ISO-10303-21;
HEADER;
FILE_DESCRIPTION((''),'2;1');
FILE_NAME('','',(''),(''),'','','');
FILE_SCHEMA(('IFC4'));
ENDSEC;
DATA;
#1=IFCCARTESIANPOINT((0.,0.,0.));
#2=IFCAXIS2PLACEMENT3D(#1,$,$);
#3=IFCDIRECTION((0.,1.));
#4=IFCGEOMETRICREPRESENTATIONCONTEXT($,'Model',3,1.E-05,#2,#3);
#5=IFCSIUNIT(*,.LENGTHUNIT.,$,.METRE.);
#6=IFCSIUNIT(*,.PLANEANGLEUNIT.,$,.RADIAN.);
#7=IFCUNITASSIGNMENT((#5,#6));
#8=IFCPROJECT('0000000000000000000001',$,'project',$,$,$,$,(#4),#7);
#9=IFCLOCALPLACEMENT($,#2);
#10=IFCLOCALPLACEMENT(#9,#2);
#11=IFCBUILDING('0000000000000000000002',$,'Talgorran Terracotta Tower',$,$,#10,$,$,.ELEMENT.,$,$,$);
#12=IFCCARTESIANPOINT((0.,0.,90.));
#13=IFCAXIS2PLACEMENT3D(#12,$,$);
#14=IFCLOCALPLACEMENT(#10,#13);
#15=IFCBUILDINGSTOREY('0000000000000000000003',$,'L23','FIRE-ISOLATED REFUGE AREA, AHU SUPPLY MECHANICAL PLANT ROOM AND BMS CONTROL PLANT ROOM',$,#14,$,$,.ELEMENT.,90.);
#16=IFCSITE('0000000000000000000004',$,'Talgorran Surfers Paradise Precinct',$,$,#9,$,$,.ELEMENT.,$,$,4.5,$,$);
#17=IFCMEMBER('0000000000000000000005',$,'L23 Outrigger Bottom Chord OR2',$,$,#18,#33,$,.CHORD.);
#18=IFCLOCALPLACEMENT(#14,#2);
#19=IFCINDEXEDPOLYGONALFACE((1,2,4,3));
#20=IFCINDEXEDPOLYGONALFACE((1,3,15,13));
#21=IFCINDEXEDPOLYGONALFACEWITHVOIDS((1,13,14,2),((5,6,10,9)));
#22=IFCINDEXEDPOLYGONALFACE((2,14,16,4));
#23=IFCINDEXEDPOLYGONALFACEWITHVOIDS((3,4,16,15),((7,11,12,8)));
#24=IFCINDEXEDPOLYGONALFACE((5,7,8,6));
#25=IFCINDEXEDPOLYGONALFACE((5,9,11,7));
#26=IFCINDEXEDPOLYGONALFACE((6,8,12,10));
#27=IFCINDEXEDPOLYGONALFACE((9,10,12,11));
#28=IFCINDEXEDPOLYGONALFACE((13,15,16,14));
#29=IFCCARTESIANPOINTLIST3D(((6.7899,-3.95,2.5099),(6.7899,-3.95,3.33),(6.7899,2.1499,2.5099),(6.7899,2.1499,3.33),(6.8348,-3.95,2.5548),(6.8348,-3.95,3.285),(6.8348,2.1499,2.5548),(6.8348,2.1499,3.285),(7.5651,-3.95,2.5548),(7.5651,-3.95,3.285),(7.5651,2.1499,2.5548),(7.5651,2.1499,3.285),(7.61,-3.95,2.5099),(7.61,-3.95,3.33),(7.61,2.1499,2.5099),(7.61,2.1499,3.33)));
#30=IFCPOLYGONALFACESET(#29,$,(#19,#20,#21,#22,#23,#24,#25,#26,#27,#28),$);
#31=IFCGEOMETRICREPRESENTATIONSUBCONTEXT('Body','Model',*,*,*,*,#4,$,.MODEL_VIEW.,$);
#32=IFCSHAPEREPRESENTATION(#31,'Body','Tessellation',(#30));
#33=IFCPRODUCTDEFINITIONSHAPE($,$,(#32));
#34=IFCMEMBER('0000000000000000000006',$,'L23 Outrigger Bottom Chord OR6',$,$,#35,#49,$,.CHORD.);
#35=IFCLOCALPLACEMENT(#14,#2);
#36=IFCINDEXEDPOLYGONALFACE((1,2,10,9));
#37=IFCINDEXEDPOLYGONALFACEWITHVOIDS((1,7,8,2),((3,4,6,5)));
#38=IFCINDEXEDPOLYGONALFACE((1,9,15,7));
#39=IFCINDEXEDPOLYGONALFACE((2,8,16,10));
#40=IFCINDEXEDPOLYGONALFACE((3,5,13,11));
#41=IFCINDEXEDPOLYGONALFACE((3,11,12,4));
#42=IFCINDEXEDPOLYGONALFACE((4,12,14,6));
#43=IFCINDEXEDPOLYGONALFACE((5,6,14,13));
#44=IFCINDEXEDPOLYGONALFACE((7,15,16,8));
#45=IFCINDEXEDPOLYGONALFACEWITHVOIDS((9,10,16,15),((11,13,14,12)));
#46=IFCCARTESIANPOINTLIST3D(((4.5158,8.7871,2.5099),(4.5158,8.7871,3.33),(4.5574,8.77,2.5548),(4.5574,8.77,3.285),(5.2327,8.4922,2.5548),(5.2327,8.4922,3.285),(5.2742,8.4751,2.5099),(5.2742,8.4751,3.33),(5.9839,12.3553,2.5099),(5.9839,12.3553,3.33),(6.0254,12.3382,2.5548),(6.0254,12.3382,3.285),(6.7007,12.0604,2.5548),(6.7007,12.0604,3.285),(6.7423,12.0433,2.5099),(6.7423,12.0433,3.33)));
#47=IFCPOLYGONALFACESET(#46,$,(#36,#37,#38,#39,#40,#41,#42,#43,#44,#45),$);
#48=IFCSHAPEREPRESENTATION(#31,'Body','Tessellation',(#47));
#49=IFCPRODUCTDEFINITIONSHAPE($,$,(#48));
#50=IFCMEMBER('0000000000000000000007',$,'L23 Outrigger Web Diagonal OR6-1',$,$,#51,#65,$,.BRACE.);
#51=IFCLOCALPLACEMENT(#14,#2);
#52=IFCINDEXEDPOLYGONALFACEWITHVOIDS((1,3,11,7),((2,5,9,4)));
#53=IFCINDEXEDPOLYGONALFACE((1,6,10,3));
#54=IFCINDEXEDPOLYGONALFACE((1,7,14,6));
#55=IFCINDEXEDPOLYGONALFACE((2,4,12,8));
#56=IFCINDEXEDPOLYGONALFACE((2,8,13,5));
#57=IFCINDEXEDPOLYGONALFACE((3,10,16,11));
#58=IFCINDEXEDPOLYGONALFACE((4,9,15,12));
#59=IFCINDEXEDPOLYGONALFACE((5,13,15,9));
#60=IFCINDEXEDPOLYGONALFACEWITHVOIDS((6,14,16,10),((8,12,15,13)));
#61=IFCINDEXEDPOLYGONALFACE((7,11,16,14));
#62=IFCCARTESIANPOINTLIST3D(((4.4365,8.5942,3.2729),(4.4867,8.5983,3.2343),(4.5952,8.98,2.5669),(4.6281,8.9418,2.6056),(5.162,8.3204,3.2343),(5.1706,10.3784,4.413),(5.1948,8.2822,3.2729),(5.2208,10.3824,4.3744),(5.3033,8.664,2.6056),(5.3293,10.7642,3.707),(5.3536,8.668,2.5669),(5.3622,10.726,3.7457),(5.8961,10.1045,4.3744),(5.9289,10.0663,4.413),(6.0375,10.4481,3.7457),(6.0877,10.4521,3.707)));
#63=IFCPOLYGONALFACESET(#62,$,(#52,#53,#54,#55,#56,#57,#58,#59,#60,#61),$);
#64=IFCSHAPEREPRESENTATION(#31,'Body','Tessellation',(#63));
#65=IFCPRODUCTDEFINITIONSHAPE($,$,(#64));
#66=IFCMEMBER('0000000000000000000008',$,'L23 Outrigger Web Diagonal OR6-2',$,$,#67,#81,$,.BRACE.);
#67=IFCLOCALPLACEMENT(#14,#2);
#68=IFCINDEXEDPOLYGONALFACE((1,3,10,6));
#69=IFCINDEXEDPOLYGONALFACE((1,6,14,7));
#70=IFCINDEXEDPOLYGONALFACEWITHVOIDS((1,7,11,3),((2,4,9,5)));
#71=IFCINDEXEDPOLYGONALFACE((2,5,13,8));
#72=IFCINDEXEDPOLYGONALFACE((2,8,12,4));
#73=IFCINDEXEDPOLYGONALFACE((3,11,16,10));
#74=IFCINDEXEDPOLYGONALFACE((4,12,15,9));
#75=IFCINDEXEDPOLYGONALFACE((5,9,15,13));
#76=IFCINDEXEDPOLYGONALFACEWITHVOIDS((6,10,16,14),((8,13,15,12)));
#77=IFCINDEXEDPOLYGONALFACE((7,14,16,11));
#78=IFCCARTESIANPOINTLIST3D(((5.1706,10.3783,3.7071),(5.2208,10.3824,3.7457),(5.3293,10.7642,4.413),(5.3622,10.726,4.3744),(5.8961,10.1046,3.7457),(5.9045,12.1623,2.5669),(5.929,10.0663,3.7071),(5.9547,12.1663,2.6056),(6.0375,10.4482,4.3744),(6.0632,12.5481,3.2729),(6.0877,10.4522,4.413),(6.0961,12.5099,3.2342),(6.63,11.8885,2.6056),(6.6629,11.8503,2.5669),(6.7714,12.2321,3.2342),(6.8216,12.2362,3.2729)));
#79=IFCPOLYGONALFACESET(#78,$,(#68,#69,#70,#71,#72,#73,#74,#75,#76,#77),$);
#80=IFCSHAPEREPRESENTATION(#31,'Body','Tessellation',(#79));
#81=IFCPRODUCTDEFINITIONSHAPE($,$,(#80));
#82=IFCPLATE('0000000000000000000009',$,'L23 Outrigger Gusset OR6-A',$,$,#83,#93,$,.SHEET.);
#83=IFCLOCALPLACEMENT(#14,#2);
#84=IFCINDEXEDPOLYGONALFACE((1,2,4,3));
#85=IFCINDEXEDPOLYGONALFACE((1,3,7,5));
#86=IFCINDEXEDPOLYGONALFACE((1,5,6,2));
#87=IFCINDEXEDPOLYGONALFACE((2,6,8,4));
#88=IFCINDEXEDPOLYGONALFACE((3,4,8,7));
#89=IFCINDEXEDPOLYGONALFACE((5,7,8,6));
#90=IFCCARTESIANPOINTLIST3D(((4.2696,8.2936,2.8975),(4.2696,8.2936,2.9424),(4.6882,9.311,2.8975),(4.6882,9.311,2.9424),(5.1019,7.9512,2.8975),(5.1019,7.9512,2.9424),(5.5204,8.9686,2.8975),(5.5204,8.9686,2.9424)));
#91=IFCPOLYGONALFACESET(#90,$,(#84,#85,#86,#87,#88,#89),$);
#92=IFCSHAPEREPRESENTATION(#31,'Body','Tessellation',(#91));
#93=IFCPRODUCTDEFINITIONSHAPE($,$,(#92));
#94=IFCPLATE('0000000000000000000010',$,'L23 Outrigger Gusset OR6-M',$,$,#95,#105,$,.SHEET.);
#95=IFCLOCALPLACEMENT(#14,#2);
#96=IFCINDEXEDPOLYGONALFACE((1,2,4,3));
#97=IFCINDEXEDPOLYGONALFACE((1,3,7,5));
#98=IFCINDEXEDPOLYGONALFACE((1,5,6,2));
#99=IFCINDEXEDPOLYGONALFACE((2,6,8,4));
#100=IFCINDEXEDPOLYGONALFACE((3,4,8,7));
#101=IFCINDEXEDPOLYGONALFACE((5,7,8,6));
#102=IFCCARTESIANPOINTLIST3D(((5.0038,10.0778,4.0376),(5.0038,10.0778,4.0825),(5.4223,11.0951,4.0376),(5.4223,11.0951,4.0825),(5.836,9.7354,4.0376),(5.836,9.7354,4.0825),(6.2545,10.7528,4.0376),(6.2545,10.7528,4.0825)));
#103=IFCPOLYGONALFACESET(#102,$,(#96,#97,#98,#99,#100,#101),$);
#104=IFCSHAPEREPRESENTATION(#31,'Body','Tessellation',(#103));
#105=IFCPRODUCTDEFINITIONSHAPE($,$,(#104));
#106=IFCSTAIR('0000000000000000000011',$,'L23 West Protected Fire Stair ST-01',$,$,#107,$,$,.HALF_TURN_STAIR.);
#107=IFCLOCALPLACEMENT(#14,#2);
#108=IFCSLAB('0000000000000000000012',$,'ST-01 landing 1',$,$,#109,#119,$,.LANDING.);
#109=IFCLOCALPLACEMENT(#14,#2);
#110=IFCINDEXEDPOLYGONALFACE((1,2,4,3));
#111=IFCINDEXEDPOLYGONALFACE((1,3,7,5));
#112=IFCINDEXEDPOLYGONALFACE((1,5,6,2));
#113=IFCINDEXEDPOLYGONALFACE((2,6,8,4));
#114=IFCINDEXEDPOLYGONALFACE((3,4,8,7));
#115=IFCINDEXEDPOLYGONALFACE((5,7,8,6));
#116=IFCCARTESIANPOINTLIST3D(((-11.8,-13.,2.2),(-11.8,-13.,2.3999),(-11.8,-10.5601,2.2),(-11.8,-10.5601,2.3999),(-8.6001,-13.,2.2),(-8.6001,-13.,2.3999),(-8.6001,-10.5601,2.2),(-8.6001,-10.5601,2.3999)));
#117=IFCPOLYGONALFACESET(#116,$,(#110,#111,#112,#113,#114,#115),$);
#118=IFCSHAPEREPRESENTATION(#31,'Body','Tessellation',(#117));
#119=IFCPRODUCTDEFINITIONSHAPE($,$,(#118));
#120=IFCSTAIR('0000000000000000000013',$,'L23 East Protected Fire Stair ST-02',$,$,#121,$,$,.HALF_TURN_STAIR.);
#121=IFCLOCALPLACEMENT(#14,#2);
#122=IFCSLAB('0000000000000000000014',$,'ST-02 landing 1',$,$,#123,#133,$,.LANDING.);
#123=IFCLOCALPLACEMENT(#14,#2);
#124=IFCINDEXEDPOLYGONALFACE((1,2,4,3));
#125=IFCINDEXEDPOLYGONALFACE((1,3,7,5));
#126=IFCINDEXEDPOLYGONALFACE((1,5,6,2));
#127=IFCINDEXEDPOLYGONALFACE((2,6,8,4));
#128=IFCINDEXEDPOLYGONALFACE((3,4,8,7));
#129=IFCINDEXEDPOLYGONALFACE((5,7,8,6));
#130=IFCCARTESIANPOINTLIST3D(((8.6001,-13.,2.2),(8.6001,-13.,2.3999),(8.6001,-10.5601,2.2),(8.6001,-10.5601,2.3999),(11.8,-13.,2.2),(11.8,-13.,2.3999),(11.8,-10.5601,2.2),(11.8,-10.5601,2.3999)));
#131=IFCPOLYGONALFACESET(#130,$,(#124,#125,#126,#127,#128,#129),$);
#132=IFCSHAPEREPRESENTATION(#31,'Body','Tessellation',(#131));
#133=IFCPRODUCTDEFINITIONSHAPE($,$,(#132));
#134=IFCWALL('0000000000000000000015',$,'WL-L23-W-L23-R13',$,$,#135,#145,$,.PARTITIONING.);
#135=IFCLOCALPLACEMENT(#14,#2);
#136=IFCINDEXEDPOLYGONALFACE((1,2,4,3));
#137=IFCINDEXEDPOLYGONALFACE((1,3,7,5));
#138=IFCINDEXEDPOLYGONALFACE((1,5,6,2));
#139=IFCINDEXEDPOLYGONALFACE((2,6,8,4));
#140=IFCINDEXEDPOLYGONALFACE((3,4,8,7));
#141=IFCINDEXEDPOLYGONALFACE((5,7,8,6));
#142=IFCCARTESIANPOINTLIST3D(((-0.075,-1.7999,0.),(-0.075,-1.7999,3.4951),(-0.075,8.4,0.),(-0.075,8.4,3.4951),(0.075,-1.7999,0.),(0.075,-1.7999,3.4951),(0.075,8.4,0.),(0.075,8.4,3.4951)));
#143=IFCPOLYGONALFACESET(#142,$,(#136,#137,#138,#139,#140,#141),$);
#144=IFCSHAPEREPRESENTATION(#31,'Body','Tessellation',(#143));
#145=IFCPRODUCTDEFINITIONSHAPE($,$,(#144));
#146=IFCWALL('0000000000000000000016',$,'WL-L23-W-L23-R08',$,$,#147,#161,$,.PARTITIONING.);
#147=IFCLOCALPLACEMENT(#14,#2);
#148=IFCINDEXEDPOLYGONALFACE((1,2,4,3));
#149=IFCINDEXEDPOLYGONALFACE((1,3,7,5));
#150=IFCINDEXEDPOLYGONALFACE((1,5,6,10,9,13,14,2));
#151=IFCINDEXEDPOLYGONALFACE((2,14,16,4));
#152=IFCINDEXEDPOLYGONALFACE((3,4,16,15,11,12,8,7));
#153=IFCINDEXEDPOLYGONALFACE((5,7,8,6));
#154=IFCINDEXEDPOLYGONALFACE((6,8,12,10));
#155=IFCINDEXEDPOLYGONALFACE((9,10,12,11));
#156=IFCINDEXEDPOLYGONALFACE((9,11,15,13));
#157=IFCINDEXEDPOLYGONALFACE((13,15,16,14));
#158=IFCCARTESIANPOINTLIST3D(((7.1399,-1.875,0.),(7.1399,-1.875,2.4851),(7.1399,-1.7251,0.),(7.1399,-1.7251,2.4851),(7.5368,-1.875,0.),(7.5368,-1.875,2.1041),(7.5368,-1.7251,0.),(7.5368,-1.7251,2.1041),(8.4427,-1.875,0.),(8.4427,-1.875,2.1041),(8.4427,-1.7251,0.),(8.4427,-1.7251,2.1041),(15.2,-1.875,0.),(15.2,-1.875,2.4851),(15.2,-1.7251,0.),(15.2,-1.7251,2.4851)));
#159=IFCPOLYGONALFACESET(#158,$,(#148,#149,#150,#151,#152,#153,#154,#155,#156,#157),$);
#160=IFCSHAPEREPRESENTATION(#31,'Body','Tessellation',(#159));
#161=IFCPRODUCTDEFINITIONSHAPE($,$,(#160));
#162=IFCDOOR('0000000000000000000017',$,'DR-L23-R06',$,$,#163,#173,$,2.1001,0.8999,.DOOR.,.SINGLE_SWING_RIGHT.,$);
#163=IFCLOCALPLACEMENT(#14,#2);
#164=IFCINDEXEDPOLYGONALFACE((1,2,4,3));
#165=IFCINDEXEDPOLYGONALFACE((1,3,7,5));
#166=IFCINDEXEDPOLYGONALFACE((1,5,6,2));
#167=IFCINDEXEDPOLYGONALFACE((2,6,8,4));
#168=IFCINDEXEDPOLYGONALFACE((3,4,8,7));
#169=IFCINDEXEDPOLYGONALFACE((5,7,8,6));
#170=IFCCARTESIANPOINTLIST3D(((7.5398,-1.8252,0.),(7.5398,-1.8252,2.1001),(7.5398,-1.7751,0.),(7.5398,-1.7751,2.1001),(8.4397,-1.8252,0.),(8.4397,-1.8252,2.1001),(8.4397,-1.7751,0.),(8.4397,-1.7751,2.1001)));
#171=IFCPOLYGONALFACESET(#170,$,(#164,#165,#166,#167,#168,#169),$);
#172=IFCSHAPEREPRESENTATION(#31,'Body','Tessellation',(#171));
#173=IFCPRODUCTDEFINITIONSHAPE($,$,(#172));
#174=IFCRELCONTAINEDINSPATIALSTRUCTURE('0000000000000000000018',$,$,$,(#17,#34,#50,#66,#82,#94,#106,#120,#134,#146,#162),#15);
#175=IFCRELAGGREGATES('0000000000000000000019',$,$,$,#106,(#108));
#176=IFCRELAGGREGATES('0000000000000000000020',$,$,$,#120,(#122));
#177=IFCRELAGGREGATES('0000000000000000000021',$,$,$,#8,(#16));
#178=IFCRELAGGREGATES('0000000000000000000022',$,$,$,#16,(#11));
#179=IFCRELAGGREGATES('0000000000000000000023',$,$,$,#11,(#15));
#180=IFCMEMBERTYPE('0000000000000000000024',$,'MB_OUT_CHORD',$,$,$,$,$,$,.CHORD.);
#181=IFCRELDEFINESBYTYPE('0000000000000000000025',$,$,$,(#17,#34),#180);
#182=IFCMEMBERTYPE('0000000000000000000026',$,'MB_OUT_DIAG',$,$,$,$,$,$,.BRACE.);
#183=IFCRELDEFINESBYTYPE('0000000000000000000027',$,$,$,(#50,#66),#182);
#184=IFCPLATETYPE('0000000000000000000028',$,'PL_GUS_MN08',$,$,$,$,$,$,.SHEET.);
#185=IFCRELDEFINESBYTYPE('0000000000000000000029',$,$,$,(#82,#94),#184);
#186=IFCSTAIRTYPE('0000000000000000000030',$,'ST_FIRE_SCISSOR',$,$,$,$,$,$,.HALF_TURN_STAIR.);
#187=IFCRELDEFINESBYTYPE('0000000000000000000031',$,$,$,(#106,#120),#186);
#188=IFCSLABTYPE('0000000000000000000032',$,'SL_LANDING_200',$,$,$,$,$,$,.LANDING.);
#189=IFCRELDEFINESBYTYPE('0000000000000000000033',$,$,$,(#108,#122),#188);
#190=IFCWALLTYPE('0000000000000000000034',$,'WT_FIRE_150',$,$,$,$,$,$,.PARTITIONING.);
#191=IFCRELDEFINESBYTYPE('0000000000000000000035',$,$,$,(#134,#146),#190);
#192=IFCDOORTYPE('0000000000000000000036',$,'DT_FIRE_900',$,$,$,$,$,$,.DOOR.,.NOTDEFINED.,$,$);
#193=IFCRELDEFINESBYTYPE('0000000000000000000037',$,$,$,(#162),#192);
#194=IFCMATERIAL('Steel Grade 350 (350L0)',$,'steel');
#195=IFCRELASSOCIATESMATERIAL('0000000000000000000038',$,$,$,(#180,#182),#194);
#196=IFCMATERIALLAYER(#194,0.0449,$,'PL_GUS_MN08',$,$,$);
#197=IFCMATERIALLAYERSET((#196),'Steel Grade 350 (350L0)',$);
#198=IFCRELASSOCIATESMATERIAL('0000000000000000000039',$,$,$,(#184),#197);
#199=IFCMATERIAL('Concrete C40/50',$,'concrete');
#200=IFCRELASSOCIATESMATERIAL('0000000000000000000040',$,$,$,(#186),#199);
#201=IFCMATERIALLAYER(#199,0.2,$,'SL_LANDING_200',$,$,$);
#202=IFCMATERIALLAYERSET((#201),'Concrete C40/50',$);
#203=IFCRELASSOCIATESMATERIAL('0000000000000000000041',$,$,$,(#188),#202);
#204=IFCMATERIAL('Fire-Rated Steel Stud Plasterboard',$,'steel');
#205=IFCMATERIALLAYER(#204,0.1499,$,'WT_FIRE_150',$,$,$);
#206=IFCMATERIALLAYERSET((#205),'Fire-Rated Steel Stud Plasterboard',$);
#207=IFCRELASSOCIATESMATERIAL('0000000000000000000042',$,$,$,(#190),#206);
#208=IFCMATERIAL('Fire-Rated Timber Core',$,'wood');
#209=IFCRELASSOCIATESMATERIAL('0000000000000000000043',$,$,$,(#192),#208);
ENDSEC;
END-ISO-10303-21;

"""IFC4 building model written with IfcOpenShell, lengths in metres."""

from ifc_helpers import new_model, si_unit, direction, frame, frame_2d, origin, origin_2d, place, context, subcontext, project, spatial, polyline, rectangle, hollow_rectangle, outline, extrude, material, layer, layer_set, material_profile, profile_set, type_object, element, fill, aggregate, save


model = new_model("IFC4")

# Units and contexts
model_context = context("Model", 3, precision=1e-05, world=origin(), true_north=direction((0.0, 1.0)))
body_context = subcontext(model_context, "Body", "Model", "MODEL_VIEW")
ifc_project = project(units=[si_unit("LENGTHUNIT", "METRE"), si_unit("PLANEANGLEUNIT", "RADIAN")], contexts=[model_context])

# Site, building, storey
site_placement = place(None, origin())
site = spatial("IfcSite", under=ifc_project, at=site_placement, Name="Talgorran Surfers Paradise Precinct", CompositionType="ELEMENT", RefElevation=4.5)
building_placement = place(site_placement, origin())
building = spatial("IfcBuilding", under=site, at=building_placement, Name="Talgorran Terracotta Tower", CompositionType="ELEMENT")
storey_placement = place(building_placement, frame((0.0, 0.0, 90.0)))
storey = spatial("IfcBuildingStorey", under=building, at=storey_placement, Name="L23", Description="FIRE-ISOLATED REFUGE AREA, AHU SUPPLY MECHANICAL PLANT ROOM AND BMS CONTROL PLANT ROOM", CompositionType="ELEMENT", Elevation=90.0)

# Shared definitions
ifc_material_1 = material(Name="Steel Grade 350 (350L0)", Category="steel")

# Members
ifc_material_profile_1 = material_profile(ifc_material_1, hollow_rectangle(XDim=0.8201, YDim=0.8201, WallThickness=0.0449, at=origin_2d()), Name="WBOX820X820X45")
ifc_profile_set_1 = profile_set([ifc_material_profile_1], Name="Steel Grade 350 (350L0)")
member_type_1 = type_object("IfcMemberType", Name="MB_OUT_CHORD", PredefinedType="CHORD", material=ifc_profile_set_1)
member_1_placement = place(storey_placement, frame((7.2, -3.95, 2.9199), z_axis=(0.0, 1.0, 0.0), x_axis=(-1.0, 0.0, 0.0)))
element("IfcMember", 1, at=member_1_placement, inside=storey, type_object=member_type_1, Name="L23 Outrigger Bottom Chord OR2", PredefinedType="CHORD", context=body_context, shape_type="SweptSolid", body=[
    extrude(hollow_rectangle(XDim=0.8201, YDim=0.8201, WallThickness=0.0449, at=origin_2d()), origin(), (0.0, 0.0, 1.0), 6.0999),
])
member_2_placement = place(storey_placement, frame((4.895, 8.6311, 2.9199), z_axis=(0.380482, 0.924788, 0.0), x_axis=(-0.924788, 0.380482, 0.0)))
element("IfcMember", 2, at=member_2_placement, inside=storey, type_object=member_type_1, Name="L23 Outrigger Bottom Chord OR6", PredefinedType="CHORD", context=body_context, shape_type="SweptSolid", body=[
    extrude(hollow_rectangle(XDim=0.8201, YDim=0.8201, WallThickness=0.0449, at=origin_2d()), origin(), (0.0, 0.0, 1.0), 3.8584),
])
ifc_material_profile_2 = material_profile(ifc_material_1, hollow_rectangle(XDim=0.8201, YDim=0.8201, WallThickness=0.0449, at=origin_2d()), Name="WBOX820X820X45")
ifc_profile_set_2 = profile_set([ifc_material_profile_2], Name="Steel Grade 350 (350L0)")
member_type_2 = type_object("IfcMemberType", Name="MB_OUT_DIAG", PredefinedType="BRACE", material=ifc_profile_set_2)
member_3_placement = place(storey_placement, frame((4.895, 8.6311, 2.9199), z_axis=(0.327588, 0.796147, 0.508759), x_axis=(-0.924775, 0.380514, 0.0)))
element("IfcMember", 3, at=member_3_placement, inside=storey, type_object=member_type_2, Name="L23 Outrigger Web Diagonal OR6-1", PredefinedType="BRACE", context=body_context, shape_type="SweptSolid", body=[
    extrude(hollow_rectangle(XDim=0.8201, YDim=0.8201, WallThickness=0.0449, at=origin_2d()), origin(), (0.0, 0.0, 1.0), 2.241),
])
member_4_placement = place(storey_placement, frame((5.6292, 10.4153, 4.0601), z_axis=(0.327519, 0.796136, -0.508821), x_axis=(-0.924801, 0.380451, 0.0)))
element("IfcMember", 4, at=member_4_placement, inside=storey, type_object=member_type_2, Name="L23 Outrigger Web Diagonal OR6-2", PredefinedType="BRACE", context=body_context, shape_type="SweptSolid", body=[
    extrude(hollow_rectangle(XDim=0.8201, YDim=0.8201, WallThickness=0.0449, at=origin_2d()), origin(), (0.0, 0.0, 1.0), 2.2407),
])

# Plates
ifc_layer_1 = layer(ifc_material_1, 0.0449, Name="PL_GUS_MN08")
ifc_layer_set_1 = layer_set([ifc_layer_1], Name="Steel Grade 350 (350L0)")
plate_type = type_object("IfcPlateType", Name="PL_GUS_MN08", PredefinedType="SHEET", material=ifc_layer_set_1)
for number, where, z_axis, x_axis, name in (
    (5, (4.895, 8.6311, 2.8975), (0.0, 0.0, 1.0), (0.380425, 0.924812, 0.0), "L23 Outrigger Gusset OR6-A"),
    (6, (5.6292, 10.4153, 4.0376), (0.0, 0.0, 1.0), (0.380425, 0.924812, 0.0), "L23 Outrigger Gusset OR6-M"),
):
    element("IfcPlate", number, at=place(storey_placement, frame(where, z_axis=z_axis, x_axis=x_axis)), inside=storey, type_object=plate_type, Name=name, PredefinedType="SHEET", context=body_context, shape_type="SweptSolid", body=[
        extrude(rectangle(XDim=1.1001, YDim=0.8999, at=origin_2d()), origin(), (0.0, 0.0, 1.0), 0.0449),
    ])

# Stairs, slabs
ifc_material_2 = material(Name="Concrete C40/50", Category="concrete")
stair_type = type_object("IfcStairType", Name="ST_FIRE_SCISSOR", PredefinedType="HALF_TURN_STAIR", material=ifc_material_2)
stair_1_placement = place(storey_placement, origin())
stair_1 = element("IfcStair", 7, at=stair_1_placement, inside=storey, type_object=stair_type, Name="L23 West Protected Fire Stair ST-01", PredefinedType="HALF_TURN_STAIR")
ifc_layer_2 = layer(ifc_material_2, 0.2, Name="SL_LANDING_200")
ifc_layer_set_2 = layer_set([ifc_layer_2], Name="Concrete C40/50")
slab_type = type_object("IfcSlabType", Name="SL_LANDING_200", PredefinedType="LANDING", material=ifc_layer_set_2)
slab_1_placement = place(storey_placement, frame((0.0, 0.0, 2.2)))
slab_1 = element("IfcSlab", 8, at=slab_1_placement, type_object=slab_type, Name="ST-01 landing 1", PredefinedType="LANDING", context=body_context, shape_type="SweptSolid", body=[
    extrude(outline(polyline([(-11.8, -10.5601), (-11.8, -13.0), (-8.6001, -13.0), (-8.6001, -10.5601), (-11.8, -10.5601)])), origin(), (0.0, 0.0, 1.0), 0.2),
])
aggregate(stair_1, [slab_1])
stair_2_placement = place(storey_placement, origin())
stair_2 = element("IfcStair", 9, at=stair_2_placement, inside=storey, type_object=stair_type, Name="L23 East Protected Fire Stair ST-02", PredefinedType="HALF_TURN_STAIR")
slab_2_placement = place(storey_placement, frame((0.0, 0.0, 2.2)))
slab_2 = element("IfcSlab", 10, at=slab_2_placement, type_object=slab_type, Name="ST-02 landing 1", PredefinedType="LANDING", context=body_context, shape_type="SweptSolid", body=[
    extrude(outline(polyline([(8.6001, -10.5601), (8.6001, -13.0), (11.8, -13.0), (11.8, -10.5601), (8.6001, -10.5601)])), origin(), (0.0, 0.0, 1.0), 0.2),
])
aggregate(stair_2, [slab_2])

# Wall
ifc_material_3 = material(Name="Fire-Rated Steel Stud Plasterboard", Category="steel")
ifc_layer_3 = layer(ifc_material_3, 0.1499, Name="WT_FIRE_150")
ifc_layer_set_3 = layer_set([ifc_layer_3], Name="Fire-Rated Steel Stud Plasterboard")
wall_type = type_object("IfcWallType", Name="WT_FIRE_150", PredefinedType="PARTITIONING", material=ifc_layer_set_3)
wall_1_placement = place(storey_placement, frame((0.0, -1.8, 0.0), z_axis=(0.0, 0.0, 1.0), x_axis=(0.0, 1.0, 0.0)))
element("IfcWall", 11, at=wall_1_placement, inside=storey, type_object=wall_type, Name="WL-L23-W-L23-R13", PredefinedType="PARTITIONING", context=body_context, shape_type="SweptSolid", body=[
    extrude(rectangle(XDim=10.2, YDim=0.1499, at=frame_2d((5.1001, 0.0))), origin(), (0.0, 0.0, 1.0), 3.4951),
])

# Wall, opening, door
wall_2_placement = place(storey_placement, frame((7.1399, -1.8, 0.0), z_axis=(0.0, 0.0, 1.0), x_axis=(1.0, 0.0, 0.0)))
wall_2 = element("IfcWall", 12, at=wall_2_placement, inside=storey, type_object=wall_type, Name="WL-L23-W-L23-R08", PredefinedType="PARTITIONING", context=body_context, shape_type="SweptSolid", body=[
    extrude(rectangle(XDim=8.0601, YDim=0.1499, at=frame_2d((4.03, 0.0))), origin(), (0.0, 0.0, 1.0), 2.4851),
])
opening_1_placement = place(wall_2_placement, frame((0.3999, 0.0, 0.0)))
opening_1 = element("IfcOpeningElement", 13, at=opening_1_placement, cuts=wall_2, PredefinedType="OPENING", context=body_context, shape_type="SweptSolid", body=[
    extrude(rectangle(XDim=0.9059, YDim=2.1041, at=frame_2d((0.45, 1.052))), frame((0.0, 0.085, 0.0), z_axis=(0.0, -1.0, 0.0), x_axis=(1.0, 0.0, 0.0)), (0.0, 0.0, 1.0), 0.1699),
])
ifc_material_4 = material(Name="Fire-Rated Timber Core", Category="wood")
door_type = type_object("IfcDoorType", Name="DT_FIRE_900", OperationType="NOTDEFINED", PredefinedType="DOOR", material=ifc_material_4)
door_1_placement = place(opening_1_placement, origin())
door_1 = element("IfcDoor", 14, at=door_1_placement, inside=storey, type_object=door_type, Name="DR-L23-R06", OperationType="SINGLE_SWING_RIGHT", OverallHeight=2.1001, OverallWidth=0.8999, PredefinedType="DOOR", context=body_context, shape_type="SweptSolid", body=[
    extrude(rectangle(XDim=0.8999, YDim=2.1001, at=frame_2d((0.45, 1.05))), frame((0.0, 0.0249, 0.0), z_axis=(0.0, -1.0, 0.0), x_axis=(1.0, 0.0, 0.0)), (0.0, 0.0, 1.0), 0.05),
])
fill(opening_1, door_1)

save(model, "model.ifc")
